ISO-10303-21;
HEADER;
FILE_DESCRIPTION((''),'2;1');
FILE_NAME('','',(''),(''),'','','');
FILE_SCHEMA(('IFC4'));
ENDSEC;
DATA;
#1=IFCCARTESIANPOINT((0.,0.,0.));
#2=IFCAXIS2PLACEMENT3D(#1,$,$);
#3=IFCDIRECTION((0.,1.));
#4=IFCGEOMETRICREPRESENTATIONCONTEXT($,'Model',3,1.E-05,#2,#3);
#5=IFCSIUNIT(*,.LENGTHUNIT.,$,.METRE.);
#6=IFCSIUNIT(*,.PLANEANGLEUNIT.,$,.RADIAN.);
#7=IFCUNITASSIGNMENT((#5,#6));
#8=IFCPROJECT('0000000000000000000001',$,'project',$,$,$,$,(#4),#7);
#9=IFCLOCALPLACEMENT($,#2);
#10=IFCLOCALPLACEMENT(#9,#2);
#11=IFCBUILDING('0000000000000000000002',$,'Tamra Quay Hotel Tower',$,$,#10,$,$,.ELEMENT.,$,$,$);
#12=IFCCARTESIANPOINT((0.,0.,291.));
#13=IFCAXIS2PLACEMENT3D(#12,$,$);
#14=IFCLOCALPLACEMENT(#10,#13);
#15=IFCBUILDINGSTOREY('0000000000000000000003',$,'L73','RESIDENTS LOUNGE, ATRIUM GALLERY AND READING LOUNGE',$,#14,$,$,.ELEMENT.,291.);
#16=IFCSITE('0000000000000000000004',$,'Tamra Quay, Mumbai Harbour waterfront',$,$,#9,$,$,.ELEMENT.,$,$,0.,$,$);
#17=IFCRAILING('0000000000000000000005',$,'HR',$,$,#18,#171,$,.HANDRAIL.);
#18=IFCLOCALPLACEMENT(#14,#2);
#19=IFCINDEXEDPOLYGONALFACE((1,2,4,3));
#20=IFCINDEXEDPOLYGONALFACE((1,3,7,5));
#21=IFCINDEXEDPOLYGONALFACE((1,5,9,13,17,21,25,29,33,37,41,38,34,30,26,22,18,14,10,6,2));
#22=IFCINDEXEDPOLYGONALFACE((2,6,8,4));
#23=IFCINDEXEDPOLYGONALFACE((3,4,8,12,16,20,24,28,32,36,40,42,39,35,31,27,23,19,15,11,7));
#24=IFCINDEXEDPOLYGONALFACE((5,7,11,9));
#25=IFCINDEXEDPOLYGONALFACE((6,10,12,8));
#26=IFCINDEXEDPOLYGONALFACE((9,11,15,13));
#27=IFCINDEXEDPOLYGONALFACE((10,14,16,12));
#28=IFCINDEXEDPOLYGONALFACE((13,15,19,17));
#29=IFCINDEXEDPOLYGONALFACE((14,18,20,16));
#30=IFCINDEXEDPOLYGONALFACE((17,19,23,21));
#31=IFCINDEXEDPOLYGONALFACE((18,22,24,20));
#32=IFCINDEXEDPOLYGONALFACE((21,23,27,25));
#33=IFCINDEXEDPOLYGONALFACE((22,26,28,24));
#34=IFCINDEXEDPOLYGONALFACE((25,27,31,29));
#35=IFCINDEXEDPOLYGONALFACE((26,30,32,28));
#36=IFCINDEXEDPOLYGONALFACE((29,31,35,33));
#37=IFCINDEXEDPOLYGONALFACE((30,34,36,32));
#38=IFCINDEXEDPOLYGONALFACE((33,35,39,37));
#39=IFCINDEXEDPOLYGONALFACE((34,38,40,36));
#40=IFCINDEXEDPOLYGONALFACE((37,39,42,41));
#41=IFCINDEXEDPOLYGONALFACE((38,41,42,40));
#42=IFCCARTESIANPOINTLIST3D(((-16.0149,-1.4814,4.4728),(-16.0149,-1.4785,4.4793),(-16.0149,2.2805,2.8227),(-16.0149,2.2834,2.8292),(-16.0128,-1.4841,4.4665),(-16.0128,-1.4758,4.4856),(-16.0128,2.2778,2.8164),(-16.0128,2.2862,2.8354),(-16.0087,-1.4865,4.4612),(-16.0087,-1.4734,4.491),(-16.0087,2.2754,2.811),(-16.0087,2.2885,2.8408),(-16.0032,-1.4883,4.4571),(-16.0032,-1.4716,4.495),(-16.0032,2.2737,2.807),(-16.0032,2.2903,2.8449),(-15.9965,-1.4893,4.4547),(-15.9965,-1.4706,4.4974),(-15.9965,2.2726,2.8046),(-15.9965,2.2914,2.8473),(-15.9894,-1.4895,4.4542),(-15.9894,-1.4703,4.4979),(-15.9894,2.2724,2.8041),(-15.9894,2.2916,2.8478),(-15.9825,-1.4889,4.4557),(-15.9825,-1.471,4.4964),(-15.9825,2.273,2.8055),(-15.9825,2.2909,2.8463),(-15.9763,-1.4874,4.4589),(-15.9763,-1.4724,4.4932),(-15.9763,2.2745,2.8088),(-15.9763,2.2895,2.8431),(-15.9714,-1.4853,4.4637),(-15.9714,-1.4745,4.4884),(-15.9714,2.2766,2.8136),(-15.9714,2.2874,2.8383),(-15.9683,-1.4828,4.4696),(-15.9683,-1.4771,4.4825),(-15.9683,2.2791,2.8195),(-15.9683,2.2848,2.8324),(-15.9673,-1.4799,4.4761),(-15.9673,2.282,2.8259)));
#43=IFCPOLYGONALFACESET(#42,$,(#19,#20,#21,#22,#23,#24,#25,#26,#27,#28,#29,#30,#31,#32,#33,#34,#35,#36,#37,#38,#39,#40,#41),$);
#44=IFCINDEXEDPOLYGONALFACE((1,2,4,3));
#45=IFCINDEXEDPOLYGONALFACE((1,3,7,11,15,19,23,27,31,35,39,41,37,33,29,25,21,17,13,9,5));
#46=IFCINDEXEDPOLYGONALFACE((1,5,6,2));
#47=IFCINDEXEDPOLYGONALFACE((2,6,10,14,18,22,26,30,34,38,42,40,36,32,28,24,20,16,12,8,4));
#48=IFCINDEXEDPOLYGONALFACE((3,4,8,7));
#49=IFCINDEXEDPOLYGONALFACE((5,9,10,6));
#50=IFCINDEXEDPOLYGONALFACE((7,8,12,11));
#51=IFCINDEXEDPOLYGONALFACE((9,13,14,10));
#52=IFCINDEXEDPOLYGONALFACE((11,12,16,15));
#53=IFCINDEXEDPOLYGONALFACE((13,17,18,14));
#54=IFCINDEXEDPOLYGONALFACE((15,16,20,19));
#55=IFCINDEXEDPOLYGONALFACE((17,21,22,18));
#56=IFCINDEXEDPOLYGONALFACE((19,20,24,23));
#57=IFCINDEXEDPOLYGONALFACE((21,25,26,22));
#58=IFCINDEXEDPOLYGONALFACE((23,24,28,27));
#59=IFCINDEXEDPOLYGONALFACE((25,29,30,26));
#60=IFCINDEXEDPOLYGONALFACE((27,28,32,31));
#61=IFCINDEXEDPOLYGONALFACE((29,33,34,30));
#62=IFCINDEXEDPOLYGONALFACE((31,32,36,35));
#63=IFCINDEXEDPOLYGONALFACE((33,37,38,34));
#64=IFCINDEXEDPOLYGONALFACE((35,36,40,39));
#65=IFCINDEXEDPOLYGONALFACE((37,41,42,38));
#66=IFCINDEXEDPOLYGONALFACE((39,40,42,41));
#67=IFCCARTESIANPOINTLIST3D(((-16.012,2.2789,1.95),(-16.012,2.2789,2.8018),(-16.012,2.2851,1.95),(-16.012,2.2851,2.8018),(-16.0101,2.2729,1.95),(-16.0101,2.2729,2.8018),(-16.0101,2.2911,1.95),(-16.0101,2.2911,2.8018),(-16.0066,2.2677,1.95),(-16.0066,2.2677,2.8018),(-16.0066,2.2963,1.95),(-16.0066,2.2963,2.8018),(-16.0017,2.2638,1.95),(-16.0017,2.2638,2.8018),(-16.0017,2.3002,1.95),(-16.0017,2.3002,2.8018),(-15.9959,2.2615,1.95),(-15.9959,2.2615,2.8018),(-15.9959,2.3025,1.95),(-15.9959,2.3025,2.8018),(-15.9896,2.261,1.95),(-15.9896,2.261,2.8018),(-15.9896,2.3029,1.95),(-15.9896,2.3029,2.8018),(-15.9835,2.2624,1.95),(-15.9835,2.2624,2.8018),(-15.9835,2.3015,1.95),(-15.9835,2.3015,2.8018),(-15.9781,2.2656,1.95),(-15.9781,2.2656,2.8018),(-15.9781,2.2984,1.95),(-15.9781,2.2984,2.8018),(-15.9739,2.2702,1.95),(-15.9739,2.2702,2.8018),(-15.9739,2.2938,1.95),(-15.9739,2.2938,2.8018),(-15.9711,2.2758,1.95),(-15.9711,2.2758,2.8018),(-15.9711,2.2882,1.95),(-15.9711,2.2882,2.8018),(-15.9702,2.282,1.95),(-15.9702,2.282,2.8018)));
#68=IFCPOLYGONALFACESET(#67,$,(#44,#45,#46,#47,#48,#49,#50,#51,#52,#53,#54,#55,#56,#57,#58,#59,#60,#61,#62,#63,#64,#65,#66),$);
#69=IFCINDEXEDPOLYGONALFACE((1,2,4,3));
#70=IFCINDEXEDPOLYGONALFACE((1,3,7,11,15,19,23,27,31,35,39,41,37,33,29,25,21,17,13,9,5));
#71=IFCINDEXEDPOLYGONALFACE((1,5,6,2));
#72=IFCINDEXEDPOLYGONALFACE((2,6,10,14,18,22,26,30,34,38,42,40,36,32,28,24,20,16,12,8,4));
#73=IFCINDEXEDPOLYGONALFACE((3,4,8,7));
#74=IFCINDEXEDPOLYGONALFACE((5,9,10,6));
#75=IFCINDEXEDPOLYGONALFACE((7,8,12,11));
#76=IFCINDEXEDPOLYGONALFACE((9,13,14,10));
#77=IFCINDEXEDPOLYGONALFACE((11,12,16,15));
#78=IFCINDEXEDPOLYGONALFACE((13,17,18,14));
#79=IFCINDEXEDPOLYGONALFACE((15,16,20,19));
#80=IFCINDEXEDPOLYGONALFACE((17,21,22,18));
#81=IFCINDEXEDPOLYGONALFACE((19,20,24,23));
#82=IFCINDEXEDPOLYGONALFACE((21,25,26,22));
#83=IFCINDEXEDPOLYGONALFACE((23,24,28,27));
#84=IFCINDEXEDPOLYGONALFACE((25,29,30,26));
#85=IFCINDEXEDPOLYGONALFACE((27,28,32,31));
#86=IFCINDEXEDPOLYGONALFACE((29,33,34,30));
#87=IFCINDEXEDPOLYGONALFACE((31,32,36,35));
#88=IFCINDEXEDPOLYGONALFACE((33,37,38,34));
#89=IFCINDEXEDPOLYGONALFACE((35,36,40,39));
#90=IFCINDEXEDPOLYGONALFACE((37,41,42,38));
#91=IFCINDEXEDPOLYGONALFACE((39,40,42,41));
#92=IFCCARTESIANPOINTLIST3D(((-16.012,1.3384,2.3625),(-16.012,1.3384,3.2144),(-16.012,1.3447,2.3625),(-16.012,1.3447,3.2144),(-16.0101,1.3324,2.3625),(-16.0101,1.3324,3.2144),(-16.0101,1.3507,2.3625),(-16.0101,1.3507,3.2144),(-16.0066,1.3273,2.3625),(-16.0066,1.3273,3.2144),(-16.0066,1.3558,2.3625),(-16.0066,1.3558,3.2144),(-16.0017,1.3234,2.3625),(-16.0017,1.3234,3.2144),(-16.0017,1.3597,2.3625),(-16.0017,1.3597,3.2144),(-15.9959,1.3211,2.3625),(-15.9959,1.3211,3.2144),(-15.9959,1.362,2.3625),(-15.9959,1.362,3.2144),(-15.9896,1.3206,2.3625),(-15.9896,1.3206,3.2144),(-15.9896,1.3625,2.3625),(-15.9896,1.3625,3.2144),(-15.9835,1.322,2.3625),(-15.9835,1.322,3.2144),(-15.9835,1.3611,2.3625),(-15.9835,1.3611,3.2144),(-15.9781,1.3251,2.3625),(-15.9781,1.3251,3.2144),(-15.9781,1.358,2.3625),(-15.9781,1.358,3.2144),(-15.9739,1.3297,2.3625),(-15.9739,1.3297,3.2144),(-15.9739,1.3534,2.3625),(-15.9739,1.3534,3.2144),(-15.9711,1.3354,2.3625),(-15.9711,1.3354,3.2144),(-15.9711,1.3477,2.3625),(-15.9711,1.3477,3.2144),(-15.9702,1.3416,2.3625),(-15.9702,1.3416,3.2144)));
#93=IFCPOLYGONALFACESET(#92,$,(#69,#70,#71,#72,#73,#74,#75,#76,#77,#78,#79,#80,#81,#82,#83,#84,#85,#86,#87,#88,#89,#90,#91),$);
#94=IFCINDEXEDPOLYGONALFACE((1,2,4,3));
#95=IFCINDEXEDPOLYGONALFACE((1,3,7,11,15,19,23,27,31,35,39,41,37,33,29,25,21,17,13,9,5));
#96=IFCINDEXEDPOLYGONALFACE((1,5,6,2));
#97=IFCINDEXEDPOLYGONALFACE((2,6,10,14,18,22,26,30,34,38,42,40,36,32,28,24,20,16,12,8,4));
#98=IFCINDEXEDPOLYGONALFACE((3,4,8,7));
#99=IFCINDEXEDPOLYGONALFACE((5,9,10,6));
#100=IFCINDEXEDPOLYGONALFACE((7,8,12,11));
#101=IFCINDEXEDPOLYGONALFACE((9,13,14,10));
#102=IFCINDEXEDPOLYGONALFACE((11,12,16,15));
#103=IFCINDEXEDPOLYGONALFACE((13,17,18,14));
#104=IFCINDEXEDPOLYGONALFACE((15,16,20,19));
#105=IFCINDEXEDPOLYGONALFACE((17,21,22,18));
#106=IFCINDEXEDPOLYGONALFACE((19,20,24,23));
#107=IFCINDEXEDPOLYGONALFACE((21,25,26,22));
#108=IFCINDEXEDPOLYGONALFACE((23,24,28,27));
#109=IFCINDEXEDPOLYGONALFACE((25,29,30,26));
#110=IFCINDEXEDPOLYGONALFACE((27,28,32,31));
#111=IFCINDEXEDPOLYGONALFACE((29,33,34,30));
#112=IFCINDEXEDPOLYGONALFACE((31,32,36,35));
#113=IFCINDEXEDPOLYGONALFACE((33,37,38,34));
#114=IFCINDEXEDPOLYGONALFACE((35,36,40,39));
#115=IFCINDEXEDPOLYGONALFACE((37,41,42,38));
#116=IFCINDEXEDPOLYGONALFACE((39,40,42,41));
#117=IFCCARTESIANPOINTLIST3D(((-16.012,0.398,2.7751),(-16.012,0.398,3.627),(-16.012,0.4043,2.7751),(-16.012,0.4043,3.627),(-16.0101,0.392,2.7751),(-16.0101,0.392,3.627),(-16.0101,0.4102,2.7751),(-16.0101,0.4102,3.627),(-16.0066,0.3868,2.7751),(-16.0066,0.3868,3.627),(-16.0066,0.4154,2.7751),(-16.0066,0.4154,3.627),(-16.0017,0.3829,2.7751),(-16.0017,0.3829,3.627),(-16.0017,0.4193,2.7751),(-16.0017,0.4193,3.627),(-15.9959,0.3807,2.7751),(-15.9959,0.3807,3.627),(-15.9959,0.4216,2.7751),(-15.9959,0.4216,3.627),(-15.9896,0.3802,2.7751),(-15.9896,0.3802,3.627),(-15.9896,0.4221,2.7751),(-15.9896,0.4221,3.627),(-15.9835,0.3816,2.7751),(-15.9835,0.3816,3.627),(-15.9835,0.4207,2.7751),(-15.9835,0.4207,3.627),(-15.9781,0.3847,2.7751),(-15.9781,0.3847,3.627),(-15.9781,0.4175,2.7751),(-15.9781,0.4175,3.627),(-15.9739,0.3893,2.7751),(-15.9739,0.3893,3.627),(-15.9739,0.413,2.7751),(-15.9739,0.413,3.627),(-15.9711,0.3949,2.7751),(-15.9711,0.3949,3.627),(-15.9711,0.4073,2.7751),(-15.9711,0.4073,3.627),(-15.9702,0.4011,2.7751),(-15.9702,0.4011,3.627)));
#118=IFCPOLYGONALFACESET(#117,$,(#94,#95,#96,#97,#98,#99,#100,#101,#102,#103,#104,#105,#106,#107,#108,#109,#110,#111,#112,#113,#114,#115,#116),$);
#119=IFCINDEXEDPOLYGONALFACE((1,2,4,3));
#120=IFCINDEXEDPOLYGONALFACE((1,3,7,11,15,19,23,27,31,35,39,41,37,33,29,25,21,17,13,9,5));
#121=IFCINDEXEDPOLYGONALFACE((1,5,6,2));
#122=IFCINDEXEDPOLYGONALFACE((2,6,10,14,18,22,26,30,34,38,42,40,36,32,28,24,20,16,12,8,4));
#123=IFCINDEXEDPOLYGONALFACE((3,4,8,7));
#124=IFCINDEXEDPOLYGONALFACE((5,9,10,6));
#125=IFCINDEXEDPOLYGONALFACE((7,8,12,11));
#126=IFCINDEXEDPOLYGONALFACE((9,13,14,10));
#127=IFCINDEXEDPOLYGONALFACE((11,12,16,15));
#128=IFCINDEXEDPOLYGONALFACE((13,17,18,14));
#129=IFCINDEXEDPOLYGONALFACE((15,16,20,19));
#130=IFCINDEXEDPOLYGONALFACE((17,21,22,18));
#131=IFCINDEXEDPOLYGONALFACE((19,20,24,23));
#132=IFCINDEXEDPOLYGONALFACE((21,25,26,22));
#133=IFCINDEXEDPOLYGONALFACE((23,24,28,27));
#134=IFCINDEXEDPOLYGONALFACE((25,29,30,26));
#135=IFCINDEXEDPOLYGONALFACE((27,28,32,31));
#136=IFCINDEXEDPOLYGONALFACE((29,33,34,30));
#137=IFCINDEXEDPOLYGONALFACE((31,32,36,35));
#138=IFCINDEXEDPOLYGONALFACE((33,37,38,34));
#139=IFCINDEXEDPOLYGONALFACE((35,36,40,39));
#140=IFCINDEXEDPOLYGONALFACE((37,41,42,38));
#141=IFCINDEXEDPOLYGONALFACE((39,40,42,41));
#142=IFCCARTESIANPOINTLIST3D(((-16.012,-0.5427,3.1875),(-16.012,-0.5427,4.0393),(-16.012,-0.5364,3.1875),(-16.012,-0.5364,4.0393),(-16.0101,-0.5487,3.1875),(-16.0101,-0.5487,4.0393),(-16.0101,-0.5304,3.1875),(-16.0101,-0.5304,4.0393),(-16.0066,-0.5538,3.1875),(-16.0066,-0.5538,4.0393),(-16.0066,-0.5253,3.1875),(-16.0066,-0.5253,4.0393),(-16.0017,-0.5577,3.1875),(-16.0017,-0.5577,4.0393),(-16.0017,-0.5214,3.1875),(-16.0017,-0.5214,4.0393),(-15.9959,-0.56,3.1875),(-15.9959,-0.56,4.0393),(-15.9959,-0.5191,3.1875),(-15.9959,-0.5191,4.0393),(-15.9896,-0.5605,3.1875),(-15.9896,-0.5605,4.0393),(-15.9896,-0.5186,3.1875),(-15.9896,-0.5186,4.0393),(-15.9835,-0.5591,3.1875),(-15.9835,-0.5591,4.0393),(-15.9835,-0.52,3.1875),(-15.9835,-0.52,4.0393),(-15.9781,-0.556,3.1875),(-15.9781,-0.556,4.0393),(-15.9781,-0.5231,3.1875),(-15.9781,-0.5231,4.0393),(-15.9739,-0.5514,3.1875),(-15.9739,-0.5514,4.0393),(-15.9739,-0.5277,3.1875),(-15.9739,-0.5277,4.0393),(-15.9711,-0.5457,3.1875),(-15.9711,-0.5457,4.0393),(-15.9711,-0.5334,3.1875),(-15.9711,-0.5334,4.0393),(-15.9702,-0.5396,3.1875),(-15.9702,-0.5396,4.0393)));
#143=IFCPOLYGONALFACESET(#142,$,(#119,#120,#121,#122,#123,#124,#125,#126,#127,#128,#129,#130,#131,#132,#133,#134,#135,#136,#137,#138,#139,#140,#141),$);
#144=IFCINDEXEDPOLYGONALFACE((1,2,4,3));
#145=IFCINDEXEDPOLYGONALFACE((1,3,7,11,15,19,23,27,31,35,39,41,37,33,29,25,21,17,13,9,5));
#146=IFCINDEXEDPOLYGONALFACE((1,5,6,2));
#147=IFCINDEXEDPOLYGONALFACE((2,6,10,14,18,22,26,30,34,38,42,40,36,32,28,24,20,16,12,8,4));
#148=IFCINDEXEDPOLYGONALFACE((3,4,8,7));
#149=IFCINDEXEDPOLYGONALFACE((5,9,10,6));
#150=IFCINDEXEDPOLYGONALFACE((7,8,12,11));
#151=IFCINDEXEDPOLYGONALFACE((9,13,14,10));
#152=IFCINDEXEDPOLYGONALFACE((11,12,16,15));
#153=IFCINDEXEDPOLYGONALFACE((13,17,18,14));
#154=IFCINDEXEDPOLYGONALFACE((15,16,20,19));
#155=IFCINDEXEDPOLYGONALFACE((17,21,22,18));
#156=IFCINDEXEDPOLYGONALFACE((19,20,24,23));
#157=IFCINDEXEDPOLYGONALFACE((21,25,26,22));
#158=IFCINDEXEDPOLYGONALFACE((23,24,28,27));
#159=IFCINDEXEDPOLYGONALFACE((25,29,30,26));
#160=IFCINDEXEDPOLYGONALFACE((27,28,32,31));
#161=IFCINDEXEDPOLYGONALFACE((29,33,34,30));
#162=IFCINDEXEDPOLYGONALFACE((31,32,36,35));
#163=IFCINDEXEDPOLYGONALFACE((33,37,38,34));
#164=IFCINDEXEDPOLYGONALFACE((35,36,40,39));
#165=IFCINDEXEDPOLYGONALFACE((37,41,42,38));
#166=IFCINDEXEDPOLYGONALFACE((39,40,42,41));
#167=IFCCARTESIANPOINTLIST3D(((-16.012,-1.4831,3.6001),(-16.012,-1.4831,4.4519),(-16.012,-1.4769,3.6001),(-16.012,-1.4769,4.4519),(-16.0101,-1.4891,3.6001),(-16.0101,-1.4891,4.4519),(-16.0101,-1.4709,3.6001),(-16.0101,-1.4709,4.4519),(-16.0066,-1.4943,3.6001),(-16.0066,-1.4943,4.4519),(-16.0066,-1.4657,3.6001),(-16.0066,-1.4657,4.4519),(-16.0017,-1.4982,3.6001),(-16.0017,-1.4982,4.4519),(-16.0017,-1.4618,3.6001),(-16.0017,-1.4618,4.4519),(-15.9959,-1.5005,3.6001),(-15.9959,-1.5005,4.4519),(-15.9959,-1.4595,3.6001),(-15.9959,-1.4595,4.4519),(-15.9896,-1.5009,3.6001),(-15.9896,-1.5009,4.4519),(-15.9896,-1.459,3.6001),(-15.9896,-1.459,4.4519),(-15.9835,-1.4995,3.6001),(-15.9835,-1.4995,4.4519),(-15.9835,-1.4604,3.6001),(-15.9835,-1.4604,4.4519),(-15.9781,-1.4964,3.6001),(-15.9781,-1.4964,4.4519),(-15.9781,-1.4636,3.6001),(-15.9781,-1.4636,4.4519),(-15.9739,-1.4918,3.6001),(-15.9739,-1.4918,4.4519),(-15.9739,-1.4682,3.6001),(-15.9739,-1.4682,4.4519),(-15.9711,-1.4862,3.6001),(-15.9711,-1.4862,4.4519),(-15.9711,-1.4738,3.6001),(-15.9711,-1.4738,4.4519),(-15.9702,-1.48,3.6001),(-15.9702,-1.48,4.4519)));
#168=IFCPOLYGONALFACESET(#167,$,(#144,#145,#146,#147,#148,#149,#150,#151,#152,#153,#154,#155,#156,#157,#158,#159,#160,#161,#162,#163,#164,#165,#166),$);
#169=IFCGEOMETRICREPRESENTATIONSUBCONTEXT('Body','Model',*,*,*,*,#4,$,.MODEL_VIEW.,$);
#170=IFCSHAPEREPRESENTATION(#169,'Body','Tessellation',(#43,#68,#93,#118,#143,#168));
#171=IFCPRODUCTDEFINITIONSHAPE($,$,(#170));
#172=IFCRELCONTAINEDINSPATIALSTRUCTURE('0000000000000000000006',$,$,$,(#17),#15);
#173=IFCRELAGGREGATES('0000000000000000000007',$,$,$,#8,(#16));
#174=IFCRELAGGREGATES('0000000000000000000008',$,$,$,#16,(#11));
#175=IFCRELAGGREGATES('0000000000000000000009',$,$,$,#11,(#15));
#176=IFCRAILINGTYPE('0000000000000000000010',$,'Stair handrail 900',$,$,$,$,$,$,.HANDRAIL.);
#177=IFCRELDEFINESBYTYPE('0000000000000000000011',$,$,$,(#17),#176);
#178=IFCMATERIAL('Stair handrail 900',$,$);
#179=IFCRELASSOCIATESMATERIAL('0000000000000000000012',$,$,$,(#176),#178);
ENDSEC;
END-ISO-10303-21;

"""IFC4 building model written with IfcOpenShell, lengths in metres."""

from ifc_helpers import new_model, si_unit, direction, frame, origin, origin_2d, place, context, subcontext, project, spatial, circle, extrude, material, type_object, element, save


model = new_model("IFC4")

# Units and contexts
model_context = context("Model", 3, precision=1e-05, world=origin(), true_north=direction((0.0, 1.0)))
body_context = subcontext(model_context, "Body", "Model", "MODEL_VIEW")
ifc_project = project(units=[si_unit("LENGTHUNIT", "METRE"), si_unit("PLANEANGLEUNIT", "RADIAN")], contexts=[model_context])

# Site, building, storey
site_placement = place(None, origin())
site = spatial("IfcSite", under=ifc_project, at=site_placement, Name="Tamra Quay, Mumbai Harbour waterfront", CompositionType="ELEMENT", RefElevation=0.0)
building_placement = place(site_placement, origin())
building = spatial("IfcBuilding", under=site, at=building_placement, Name="Tamra Quay Hotel Tower", CompositionType="ELEMENT")
storey_placement = place(building_placement, frame((0.0, 0.0, 291.0)))
storey = spatial("IfcBuildingStorey", under=building, at=storey_placement, Name="L73", Description="RESIDENTS LOUNGE, ATRIUM GALLERY AND READING LOUNGE", CompositionType="ELEMENT", Elevation=291.0)

# Railing
ifc_material_1 = material(Name="Stair handrail 900")
railing_type = type_object("IfcRailingType", Name="Stair handrail 900", PredefinedType="HANDRAIL", material=ifc_material_1)
railing_placement = place(storey_placement, frame((-15.9912, 2.282, 1.95)))
element("IfcRailing", 1, at=railing_placement, inside=storey, type_object=railing_type, Name="HR", PredefinedType="HANDRAIL", context=body_context, shape_type="SweptSolid", body=[
    extrude(circle(Radius=0.0239, at=origin_2d()), frame((0.0, 0.0, 0.876), z_axis=(0.0, -0.915774, 0.401695), x_axis=(1.0, 0.0, 0.0)), (0.0, 0.0, 1.0), 4.1079),
    extrude(circle(Radius=0.021, at=origin_2d()), origin(), (0.0, 0.0, 1.0), 0.8518),
    extrude(circle(Radius=0.021, at=origin_2d()), frame((0.0, -0.9404, 0.4126)), (0.0, 0.0, 1.0), 0.8518),
    extrude(circle(Radius=0.021, at=origin_2d()), frame((0.0, -1.8809, 0.8252)), (0.0, 0.0, 1.0), 0.8518),
    extrude(circle(Radius=0.021, at=origin_2d()), frame((0.0, -2.8215, 1.2375)), (0.0, 0.0, 1.0), 0.8518),
    extrude(circle(Radius=0.021, at=origin_2d()), frame((0.0, -3.762, 1.6501)), (0.0, 0.0, 1.0), 0.8518),
])

save(model, "model.ifc")
